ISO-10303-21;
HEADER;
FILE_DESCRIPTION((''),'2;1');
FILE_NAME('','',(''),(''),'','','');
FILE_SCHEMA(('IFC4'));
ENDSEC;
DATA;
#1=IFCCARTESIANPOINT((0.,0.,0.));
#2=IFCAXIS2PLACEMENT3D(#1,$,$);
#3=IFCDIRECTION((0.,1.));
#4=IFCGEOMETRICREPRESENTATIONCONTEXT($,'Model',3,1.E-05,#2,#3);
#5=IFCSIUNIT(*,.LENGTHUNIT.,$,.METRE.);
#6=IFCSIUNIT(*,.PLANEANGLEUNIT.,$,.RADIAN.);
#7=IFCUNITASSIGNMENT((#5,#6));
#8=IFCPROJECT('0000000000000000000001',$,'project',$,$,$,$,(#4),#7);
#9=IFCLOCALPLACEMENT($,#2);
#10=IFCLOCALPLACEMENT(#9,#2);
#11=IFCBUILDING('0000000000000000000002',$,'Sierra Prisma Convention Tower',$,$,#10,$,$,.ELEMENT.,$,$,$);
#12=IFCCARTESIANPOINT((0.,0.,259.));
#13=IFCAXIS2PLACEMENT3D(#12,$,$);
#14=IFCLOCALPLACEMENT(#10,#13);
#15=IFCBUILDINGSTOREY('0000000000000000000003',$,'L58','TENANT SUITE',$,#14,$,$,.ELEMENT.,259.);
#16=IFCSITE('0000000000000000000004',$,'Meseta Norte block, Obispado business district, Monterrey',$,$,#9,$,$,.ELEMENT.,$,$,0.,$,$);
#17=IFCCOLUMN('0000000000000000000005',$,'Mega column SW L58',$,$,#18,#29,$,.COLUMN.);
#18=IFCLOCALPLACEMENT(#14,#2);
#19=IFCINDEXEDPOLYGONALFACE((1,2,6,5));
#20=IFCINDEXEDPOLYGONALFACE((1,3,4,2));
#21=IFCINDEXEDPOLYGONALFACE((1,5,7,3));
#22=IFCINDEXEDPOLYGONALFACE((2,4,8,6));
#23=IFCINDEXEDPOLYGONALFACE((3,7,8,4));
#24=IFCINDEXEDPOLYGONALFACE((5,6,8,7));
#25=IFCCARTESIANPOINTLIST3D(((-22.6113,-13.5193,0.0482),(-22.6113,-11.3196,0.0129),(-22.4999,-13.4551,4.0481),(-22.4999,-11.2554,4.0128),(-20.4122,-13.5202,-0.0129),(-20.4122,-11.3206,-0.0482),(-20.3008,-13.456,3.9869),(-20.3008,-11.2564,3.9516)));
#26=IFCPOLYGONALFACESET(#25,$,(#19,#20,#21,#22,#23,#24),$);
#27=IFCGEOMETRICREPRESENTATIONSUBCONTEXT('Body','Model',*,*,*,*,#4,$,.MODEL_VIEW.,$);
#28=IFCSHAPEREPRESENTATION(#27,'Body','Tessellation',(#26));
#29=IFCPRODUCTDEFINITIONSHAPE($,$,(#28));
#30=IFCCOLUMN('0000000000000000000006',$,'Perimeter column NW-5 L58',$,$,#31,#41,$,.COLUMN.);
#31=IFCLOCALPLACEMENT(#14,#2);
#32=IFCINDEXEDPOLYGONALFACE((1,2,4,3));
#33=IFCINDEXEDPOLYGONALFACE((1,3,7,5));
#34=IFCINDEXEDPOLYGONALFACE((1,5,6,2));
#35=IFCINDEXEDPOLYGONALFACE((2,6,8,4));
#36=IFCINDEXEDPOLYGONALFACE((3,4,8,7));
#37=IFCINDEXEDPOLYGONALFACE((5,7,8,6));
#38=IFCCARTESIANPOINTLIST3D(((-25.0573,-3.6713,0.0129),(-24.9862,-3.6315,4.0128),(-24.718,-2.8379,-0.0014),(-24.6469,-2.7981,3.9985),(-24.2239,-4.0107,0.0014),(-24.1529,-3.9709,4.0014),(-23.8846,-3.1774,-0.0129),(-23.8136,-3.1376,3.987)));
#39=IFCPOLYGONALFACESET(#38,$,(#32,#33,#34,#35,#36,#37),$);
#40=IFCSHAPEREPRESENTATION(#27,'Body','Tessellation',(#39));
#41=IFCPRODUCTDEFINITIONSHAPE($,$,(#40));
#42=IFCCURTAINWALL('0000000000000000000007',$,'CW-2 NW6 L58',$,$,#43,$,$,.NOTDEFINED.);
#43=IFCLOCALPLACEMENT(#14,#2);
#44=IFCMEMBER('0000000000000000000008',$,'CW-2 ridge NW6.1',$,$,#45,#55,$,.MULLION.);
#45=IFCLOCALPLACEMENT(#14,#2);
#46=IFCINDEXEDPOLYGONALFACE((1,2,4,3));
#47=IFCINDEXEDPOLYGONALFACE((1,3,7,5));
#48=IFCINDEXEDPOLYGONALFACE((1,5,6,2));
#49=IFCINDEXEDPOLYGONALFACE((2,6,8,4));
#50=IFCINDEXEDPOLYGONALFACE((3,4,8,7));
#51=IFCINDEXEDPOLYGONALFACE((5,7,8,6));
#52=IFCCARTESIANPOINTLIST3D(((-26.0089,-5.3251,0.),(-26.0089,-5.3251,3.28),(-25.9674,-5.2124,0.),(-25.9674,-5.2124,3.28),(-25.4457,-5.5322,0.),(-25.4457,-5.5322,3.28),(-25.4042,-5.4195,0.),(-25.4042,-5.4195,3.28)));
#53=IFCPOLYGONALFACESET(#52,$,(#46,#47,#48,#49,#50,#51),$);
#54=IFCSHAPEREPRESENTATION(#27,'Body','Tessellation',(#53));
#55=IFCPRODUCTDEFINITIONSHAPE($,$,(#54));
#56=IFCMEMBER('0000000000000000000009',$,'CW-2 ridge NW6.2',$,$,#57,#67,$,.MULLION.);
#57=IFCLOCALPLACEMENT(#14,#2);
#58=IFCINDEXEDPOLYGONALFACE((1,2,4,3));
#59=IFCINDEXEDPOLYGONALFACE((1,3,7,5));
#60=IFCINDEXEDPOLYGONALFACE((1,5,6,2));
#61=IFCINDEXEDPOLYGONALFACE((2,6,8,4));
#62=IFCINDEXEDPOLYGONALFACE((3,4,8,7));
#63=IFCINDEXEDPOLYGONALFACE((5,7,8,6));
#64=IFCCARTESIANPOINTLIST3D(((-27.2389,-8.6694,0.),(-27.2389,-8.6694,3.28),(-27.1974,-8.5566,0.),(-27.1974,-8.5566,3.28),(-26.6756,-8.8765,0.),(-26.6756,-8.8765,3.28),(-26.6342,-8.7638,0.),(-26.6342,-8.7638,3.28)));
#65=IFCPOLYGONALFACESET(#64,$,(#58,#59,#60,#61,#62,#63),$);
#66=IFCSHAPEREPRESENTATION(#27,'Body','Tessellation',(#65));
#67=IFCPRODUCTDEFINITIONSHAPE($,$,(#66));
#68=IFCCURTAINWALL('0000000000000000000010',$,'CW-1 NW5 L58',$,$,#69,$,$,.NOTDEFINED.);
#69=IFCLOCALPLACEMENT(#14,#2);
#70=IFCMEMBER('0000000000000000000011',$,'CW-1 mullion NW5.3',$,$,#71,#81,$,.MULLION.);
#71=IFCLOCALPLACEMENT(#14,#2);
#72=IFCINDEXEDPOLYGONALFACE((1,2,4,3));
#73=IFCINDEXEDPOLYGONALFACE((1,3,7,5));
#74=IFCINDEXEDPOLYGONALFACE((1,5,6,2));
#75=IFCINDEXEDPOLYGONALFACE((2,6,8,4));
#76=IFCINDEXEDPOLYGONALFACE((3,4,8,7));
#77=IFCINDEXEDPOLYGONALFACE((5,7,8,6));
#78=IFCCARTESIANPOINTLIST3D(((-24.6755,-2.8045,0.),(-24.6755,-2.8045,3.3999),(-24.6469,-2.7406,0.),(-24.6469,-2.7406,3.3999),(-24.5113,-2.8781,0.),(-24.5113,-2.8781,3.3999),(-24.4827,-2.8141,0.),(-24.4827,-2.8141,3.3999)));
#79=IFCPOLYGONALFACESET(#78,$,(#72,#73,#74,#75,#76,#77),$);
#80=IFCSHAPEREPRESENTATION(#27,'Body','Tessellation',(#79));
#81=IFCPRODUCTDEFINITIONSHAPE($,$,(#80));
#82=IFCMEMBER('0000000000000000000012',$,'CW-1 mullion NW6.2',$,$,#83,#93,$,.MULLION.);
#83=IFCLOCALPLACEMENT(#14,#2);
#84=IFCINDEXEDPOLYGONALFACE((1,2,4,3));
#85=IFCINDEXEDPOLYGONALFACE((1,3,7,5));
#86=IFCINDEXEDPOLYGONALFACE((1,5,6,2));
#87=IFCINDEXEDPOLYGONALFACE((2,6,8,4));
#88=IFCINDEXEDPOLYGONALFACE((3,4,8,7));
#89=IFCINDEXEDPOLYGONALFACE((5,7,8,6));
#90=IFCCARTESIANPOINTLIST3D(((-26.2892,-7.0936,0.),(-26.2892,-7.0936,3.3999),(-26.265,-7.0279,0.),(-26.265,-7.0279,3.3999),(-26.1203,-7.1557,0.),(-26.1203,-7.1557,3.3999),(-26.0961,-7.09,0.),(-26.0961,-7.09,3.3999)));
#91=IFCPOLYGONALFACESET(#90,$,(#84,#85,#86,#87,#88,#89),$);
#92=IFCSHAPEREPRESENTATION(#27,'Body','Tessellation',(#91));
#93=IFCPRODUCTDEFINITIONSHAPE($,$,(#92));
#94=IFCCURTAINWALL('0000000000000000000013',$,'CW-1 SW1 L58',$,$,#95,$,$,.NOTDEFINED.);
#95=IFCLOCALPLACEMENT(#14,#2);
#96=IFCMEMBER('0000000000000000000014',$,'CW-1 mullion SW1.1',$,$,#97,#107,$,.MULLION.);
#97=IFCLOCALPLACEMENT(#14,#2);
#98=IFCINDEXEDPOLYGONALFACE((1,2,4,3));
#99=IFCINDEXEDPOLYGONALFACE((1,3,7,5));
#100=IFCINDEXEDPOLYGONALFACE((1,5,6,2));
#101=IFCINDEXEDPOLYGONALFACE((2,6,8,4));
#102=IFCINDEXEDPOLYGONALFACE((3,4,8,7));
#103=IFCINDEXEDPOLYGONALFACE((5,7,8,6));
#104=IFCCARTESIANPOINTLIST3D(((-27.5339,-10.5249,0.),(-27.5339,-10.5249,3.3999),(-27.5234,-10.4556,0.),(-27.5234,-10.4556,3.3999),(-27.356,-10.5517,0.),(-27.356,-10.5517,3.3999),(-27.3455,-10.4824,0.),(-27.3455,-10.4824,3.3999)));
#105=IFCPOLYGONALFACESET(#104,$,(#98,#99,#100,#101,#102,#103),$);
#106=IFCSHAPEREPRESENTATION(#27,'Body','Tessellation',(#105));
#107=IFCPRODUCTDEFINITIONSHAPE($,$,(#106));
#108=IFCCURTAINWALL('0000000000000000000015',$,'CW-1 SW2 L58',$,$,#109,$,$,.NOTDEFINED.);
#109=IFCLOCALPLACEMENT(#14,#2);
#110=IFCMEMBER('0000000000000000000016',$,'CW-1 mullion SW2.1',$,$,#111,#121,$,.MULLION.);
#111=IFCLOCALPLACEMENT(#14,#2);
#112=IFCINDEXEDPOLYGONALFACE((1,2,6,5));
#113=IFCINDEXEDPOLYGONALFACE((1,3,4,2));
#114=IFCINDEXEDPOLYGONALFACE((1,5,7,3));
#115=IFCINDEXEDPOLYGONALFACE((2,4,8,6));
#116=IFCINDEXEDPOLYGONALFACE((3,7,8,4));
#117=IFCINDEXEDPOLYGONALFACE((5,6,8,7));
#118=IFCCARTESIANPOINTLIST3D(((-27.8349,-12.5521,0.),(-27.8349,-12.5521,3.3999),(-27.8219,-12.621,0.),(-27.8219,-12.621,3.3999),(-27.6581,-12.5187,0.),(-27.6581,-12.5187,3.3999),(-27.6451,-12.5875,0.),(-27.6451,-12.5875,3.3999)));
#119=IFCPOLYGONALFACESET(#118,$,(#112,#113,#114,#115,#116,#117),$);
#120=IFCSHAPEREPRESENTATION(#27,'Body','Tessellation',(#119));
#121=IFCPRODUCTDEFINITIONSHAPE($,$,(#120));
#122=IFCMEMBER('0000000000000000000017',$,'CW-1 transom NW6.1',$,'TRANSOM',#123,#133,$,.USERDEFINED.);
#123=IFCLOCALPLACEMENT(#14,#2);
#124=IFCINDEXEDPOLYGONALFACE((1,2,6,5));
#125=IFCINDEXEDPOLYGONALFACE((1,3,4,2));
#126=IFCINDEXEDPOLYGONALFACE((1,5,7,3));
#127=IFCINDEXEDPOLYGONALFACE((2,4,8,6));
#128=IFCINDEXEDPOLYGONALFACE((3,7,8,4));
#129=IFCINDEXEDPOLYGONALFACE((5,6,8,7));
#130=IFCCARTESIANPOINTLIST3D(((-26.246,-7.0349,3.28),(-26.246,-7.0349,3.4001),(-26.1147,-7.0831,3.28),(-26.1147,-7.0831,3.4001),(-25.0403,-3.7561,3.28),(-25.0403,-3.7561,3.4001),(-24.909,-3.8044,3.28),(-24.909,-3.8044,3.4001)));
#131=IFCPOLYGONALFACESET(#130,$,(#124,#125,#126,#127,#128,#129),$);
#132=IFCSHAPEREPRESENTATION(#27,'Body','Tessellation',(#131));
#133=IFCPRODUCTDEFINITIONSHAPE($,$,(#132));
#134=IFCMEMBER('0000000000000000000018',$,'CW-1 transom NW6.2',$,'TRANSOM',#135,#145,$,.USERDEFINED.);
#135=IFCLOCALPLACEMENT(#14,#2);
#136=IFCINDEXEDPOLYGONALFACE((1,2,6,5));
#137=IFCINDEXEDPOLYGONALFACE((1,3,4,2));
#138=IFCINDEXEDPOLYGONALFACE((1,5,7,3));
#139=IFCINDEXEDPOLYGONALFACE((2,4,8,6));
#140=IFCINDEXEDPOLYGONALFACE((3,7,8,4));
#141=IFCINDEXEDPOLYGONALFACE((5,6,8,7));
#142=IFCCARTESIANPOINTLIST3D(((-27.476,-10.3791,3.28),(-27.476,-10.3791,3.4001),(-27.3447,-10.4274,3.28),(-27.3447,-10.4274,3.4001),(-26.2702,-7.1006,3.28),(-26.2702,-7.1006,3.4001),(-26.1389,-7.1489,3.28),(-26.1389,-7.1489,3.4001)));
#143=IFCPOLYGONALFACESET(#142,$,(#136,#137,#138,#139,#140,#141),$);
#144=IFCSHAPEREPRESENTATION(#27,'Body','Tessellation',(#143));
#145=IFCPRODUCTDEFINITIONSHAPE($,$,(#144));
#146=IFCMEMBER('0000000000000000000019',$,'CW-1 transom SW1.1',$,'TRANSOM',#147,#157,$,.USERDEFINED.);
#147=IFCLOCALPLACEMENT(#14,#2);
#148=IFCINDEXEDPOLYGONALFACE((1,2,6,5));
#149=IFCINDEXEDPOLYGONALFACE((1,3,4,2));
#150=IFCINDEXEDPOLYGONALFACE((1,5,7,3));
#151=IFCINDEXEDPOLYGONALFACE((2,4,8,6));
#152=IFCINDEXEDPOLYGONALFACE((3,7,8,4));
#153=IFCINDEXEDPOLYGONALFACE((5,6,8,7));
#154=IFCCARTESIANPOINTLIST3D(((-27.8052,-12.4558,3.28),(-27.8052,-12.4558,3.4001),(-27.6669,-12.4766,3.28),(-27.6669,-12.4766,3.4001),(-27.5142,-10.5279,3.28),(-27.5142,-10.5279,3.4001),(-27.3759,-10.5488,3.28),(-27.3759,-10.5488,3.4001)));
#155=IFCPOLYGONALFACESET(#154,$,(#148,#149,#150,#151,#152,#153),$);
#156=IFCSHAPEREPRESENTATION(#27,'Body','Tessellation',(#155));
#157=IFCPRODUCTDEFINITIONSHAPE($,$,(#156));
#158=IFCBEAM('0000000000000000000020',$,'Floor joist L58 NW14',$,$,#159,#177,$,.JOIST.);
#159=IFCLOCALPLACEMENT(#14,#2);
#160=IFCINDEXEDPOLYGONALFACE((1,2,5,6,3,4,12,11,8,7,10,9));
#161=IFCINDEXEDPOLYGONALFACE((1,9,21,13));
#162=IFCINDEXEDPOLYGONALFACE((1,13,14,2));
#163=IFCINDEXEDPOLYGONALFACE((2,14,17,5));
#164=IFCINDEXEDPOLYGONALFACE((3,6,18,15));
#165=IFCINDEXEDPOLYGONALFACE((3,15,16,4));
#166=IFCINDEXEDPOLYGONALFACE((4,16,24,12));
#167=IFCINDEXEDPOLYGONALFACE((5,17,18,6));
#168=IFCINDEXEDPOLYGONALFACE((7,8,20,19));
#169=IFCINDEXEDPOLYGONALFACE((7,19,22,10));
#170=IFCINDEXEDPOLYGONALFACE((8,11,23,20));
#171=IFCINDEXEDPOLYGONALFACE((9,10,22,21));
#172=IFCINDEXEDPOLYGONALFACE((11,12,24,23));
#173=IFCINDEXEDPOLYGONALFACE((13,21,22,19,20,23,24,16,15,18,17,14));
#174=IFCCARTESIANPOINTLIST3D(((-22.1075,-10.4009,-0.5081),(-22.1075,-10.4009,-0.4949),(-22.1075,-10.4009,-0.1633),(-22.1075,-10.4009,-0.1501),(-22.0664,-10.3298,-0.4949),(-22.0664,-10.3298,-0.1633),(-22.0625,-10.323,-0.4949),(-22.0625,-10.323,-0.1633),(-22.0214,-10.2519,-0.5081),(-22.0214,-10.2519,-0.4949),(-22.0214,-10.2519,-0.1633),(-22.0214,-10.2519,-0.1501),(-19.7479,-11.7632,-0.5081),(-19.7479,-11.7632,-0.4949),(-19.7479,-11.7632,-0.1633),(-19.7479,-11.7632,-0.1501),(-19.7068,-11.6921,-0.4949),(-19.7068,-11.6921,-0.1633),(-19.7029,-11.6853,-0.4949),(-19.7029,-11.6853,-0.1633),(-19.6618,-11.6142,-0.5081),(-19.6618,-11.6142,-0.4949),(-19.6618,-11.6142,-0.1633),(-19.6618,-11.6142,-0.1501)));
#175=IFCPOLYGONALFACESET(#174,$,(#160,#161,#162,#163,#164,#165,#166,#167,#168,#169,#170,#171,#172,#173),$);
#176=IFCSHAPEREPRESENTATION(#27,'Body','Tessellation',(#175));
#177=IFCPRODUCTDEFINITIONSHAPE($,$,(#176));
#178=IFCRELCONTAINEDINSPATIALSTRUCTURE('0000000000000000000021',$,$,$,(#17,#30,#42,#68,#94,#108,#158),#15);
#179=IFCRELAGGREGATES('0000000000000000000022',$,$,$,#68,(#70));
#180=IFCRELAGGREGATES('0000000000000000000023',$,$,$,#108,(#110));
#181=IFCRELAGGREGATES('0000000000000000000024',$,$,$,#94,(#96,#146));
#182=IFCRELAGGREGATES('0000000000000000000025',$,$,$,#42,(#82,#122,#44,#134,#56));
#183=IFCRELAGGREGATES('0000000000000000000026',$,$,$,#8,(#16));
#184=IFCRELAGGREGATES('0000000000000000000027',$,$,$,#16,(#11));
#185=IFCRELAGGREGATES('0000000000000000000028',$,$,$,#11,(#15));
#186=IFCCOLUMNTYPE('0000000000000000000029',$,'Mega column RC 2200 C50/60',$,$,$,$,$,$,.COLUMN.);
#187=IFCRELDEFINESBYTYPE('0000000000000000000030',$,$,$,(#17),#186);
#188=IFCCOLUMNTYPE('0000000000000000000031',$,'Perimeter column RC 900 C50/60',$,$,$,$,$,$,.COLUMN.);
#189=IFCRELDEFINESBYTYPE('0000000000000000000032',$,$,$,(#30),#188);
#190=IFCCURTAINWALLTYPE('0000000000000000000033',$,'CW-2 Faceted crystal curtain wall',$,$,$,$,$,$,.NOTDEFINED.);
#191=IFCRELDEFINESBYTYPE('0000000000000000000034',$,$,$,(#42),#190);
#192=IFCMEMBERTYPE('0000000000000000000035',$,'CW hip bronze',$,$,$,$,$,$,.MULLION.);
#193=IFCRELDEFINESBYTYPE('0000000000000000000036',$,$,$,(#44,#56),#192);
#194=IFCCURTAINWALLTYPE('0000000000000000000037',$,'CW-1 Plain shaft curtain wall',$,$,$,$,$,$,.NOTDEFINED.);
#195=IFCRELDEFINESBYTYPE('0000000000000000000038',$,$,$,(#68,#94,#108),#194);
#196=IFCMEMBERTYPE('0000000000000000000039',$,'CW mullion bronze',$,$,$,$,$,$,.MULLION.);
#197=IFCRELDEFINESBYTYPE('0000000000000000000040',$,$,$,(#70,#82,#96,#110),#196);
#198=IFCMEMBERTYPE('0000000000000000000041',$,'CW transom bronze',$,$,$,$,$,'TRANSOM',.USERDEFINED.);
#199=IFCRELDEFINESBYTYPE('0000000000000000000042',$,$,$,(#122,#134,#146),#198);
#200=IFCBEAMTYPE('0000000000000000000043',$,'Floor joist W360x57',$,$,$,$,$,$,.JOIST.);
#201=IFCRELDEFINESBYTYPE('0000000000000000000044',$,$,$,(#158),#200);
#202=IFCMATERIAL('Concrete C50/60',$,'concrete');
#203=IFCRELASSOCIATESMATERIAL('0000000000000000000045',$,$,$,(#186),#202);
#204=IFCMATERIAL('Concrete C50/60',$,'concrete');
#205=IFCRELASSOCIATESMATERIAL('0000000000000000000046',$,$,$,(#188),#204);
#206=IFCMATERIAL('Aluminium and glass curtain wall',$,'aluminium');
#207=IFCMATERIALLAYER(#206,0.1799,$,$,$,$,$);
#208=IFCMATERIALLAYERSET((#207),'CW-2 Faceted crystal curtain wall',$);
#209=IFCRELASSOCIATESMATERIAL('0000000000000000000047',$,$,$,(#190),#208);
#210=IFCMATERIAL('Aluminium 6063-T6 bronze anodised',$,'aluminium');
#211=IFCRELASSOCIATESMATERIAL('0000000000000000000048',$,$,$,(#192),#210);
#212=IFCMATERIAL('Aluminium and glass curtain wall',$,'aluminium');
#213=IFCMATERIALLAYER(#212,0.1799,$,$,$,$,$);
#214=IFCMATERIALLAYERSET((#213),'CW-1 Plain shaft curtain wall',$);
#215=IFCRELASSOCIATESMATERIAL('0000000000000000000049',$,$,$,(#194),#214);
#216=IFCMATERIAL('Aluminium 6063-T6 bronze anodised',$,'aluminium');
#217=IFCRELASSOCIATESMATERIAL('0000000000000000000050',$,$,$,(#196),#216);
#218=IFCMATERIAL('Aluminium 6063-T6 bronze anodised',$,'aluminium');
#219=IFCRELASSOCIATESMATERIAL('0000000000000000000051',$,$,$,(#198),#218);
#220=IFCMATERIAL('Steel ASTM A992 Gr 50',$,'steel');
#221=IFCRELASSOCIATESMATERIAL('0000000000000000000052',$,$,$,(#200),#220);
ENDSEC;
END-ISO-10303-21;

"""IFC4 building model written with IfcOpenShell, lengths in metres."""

from ifc_helpers import new_model, si_unit, direction, frame, origin, origin_2d, place, context, subcontext, project, spatial, rectangle, i_section, extrude, material, layer, layer_set, material_profile, profile_set, type_object, element, aggregate, save


model = new_model("IFC4")

# Units and contexts
model_context = context("Model", 3, precision=1e-05, world=origin(), true_north=direction((0.0, 1.0)))
body_context = subcontext(model_context, "Body", "Model", "MODEL_VIEW")
ifc_project = project(units=[si_unit("LENGTHUNIT", "METRE"), si_unit("PLANEANGLEUNIT", "RADIAN")], contexts=[model_context])

# Site, building, storey
site_placement = place(None, origin())
site = spatial("IfcSite", under=ifc_project, at=site_placement, Name="Meseta Norte block, Obispado business district, Monterrey", CompositionType="ELEMENT", RefElevation=0.0)
building_placement = place(site_placement, origin())
building = spatial("IfcBuilding", under=site, at=building_placement, Name="Sierra Prisma Convention Tower", CompositionType="ELEMENT")
storey_placement = place(building_placement, frame((0.0, 0.0, 259.0)))
storey = spatial("IfcBuildingStorey", under=building, at=storey_placement, Name="L58", Description="TENANT SUITE", CompositionType="ELEMENT", Elevation=259.0)

# Columns
ifc_material_1 = material(Name="Concrete C50/60", Category="concrete")
ifc_material_profile_1 = material_profile(ifc_material_1, rectangle(XDim=2.2, YDim=2.2, at=origin_2d()), Name="Mega column RC 2200 C50/60")
ifc_profile_set_1 = profile_set([ifc_material_profile_1], Name="Concrete C50/60")
column_type_1 = type_object("IfcColumnType", Name="Mega column RC 2200 C50/60", PredefinedType="COLUMN", material=ifc_profile_set_1)
column_1_placement = place(storey_placement, frame((-21.5117, -12.4199, 0.0), z_axis=(0.027818, 0.016044, 0.999484), x_axis=(0.999613, -0.000446, -0.027814)))
element("IfcColumn", 1, at=column_1_placement, inside=storey, type_object=column_type_1, Name="Mega column SW L58", PredefinedType="COLUMN", context=body_context, shape_type="SweptSolid", body=[
    extrude(rectangle(XDim=2.2, YDim=2.2, at=origin_2d()), origin(), (0.0, 0.0, 1.0), 4.002),
])
ifc_material_2 = material(Name="Concrete C50/60", Category="concrete")
ifc_material_profile_2 = material_profile(ifc_material_2, rectangle(XDim=0.8999, YDim=0.8999, at=origin_2d()), Name="Perimeter column RC 900 C50/60")
ifc_profile_set_2 = profile_set([ifc_material_profile_2], Name="Concrete C50/60")
column_type_2 = type_object("IfcColumnType", Name="Perimeter column RC 900 C50/60", PredefinedType="COLUMN", material=ifc_profile_set_2)
column_2_placement = place(storey_placement, frame((-24.4709, -3.4243, 0.0), z_axis=(0.017758, 0.009947, 0.999793), x_axis=(0.37703, 0.926064, -0.01591)))
element("IfcColumn", 2, at=column_2_placement, inside=storey, type_object=column_type_2, Name="Perimeter column NW-5 L58", PredefinedType="COLUMN", context=body_context, shape_type="SweptSolid", body=[
    extrude(rectangle(XDim=0.8999, YDim=0.8999, at=origin_2d()), origin(), (0.0, 0.0, 1.0), 4.0007),
])

# Curtain wall, members
ifc_material_3 = material(Name="Aluminium and glass curtain wall", Category="aluminium")
ifc_layer_1 = layer(ifc_material_3, 0.1799)
ifc_layer_set_1 = layer_set([ifc_layer_1], Name="CW-2 Faceted crystal curtain wall")
curtain_wall_type_1 = type_object("IfcCurtainWallType", Name="CW-2 Faceted crystal curtain wall", PredefinedType="NOTDEFINED", material=ifc_layer_set_1)
curtain_wall_1_placement = place(storey_placement, origin())
curtain_wall_1 = element("IfcCurtainWall", 3, at=curtain_wall_1_placement, inside=storey, type_object=curtain_wall_type_1, Name="CW-2 NW6 L58", PredefinedType="NOTDEFINED")
ifc_material_4 = material(Name="Aluminium 6063-T6 bronze anodised", Category="aluminium")
ifc_material_profile_3 = material_profile(ifc_material_4, rectangle(XDim=0.1201, YDim=0.6001, at=origin_2d()), Name="ALU RIDGE BLADE 120x600")
ifc_profile_set_3 = profile_set([ifc_material_profile_3], Name="Aluminium 6063-T6 bronze anodised")
member_type_1 = type_object("IfcMemberType", Name="CW hip bronze", PredefinedType="MULLION", material=ifc_profile_set_3)
member_1_placement = place(storey_placement, frame((-25.7065, -5.3723, 0.0), z_axis=(0.0, 0.0, 1.0), x_axis=(-0.345166, -0.938542, 0.0)))
member_1 = element("IfcMember", 4, at=member_1_placement, type_object=member_type_1, Name="CW-2 ridge NW6.1", PredefinedType="MULLION", context=body_context, shape_type="SweptSolid", body=[
    extrude(rectangle(XDim=0.1201, YDim=0.6001, at=origin_2d()), origin(), (0.0, 0.0, 1.0), 3.28),
])
member_2_placement = place(storey_placement, frame((-26.9365, -8.7166, 0.0), z_axis=(0.0, 0.0, 1.0), x_axis=(-0.345166, -0.938542, 0.0)))
member_2 = element("IfcMember", 5, at=member_2_placement, type_object=member_type_1, Name="CW-2 ridge NW6.2", PredefinedType="MULLION", context=body_context, shape_type="SweptSolid", body=[
    extrude(rectangle(XDim=0.1201, YDim=0.6001, at=origin_2d()), origin(), (0.0, 0.0, 1.0), 3.28),
])

# Curtain wall, member
ifc_material_5 = material(Name="Aluminium and glass curtain wall", Category="aluminium")
ifc_layer_2 = layer(ifc_material_5, 0.1799)
ifc_layer_set_2 = layer_set([ifc_layer_2], Name="CW-1 Plain shaft curtain wall")
curtain_wall_type_2 = type_object("IfcCurtainWallType", Name="CW-1 Plain shaft curtain wall", PredefinedType="NOTDEFINED", material=ifc_layer_set_2)
curtain_wall_2_placement = place(storey_placement, origin())
curtain_wall_2 = element("IfcCurtainWall", 6, at=curtain_wall_2_placement, inside=storey, type_object=curtain_wall_type_2, Name="CW-1 NW5 L58", PredefinedType="NOTDEFINED")
ifc_material_6 = material(Name="Aluminium 6063-T6 bronze anodised", Category="aluminium")
ifc_material_profile_4 = material_profile(ifc_material_6, rectangle(XDim=0.1799, YDim=0.0701, at=origin_2d()), Name="ALU MULLION 70x180")
ifc_profile_set_4 = profile_set([ifc_material_profile_4], Name="Aluminium 6063-T6 bronze anodised")
member_type_2 = type_object("IfcMemberType", Name="CW mullion bronze", PredefinedType="MULLION", material=ifc_profile_set_4)
member_3_placement = place(storey_placement, frame((-24.5791, -2.8093, 0.0), z_axis=(0.0, 0.0, 1.0), x_axis=(0.912726, -0.408572, 0.0)))
member_3 = element("IfcMember", 7, at=member_3_placement, type_object=member_type_2, Name="CW-1 mullion NW5.3", PredefinedType="MULLION", context=body_context, shape_type="SweptSolid", body=[
    extrude(rectangle(XDim=0.1799, YDim=0.0701, at=origin_2d()), origin(), (0.0, 0.0, 1.0), 3.3999),
])
aggregate(curtain_wall_2, [member_3])

# Member
member_4_placement = place(storey_placement, frame((-26.1926, -7.0918, 0.0), z_axis=(0.0, 0.0, 1.0), x_axis=(0.938542, -0.345166, 0.0)))
member_4 = element("IfcMember", 8, at=member_4_placement, type_object=member_type_2, Name="CW-1 mullion NW6.2", PredefinedType="MULLION", context=body_context, shape_type="SweptSolid", body=[
    extrude(rectangle(XDim=0.1799, YDim=0.0701, at=origin_2d()), origin(), (0.0, 0.0, 1.0), 3.3999),
])

# Curtain walls, members
curtain_wall_3_placement = place(storey_placement, origin())
curtain_wall_3 = element("IfcCurtainWall", 9, at=curtain_wall_3_placement, inside=storey, type_object=curtain_wall_type_2, Name="CW-1 SW1 L58", PredefinedType="NOTDEFINED")
member_5_placement = place(storey_placement, frame((-27.4397, -10.5037, 0.0), z_axis=(0.0, 0.0, 1.0), x_axis=(0.988797, -0.149263, 0.0)))
member_5 = element("IfcMember", 10, at=member_5_placement, type_object=member_type_2, Name="CW-1 mullion SW1.1", PredefinedType="MULLION", context=body_context, shape_type="SweptSolid", body=[
    extrude(rectangle(XDim=0.1799, YDim=0.0701, at=origin_2d()), origin(), (0.0, 0.0, 1.0), 3.3999),
])
curtain_wall_4_placement = place(storey_placement, origin())
curtain_wall_4 = element("IfcCurtainWall", 11, at=curtain_wall_4_placement, inside=storey, type_object=curtain_wall_type_2, Name="CW-1 SW2 L58", PredefinedType="NOTDEFINED")
member_6_placement = place(storey_placement, frame((-27.74, -12.5698, 0.0), z_axis=(0.0, 0.0, 1.0), x_axis=(0.982587, 0.185802, 0.0)))
member_6 = element("IfcMember", 12, at=member_6_placement, type_object=member_type_2, Name="CW-1 mullion SW2.1", PredefinedType="MULLION", context=body_context, shape_type="SweptSolid", body=[
    extrude(rectangle(XDim=0.1799, YDim=0.0701, at=origin_2d()), origin(), (0.0, 0.0, 1.0), 3.3999),
])
aggregate(curtain_wall_4, [member_6])

# Members
ifc_material_7 = material(Name="Aluminium 6063-T6 bronze anodised", Category="aluminium")
ifc_material_profile_5 = material_profile(ifc_material_7, rectangle(XDim=0.1399, YDim=0.1201, at=origin_2d()), Name="ALU TRANSOM 120x140")
ifc_profile_set_5 = profile_set([ifc_material_profile_5], Name="Aluminium 6063-T6 bronze anodised")
member_type_3 = type_object("IfcMemberType", Name="CW transom bronze", ElementType="TRANSOM", PredefinedType="USERDEFINED", material=ifc_profile_set_5)
member_7_placement = place(storey_placement, frame((-24.9746, -3.7803, 3.3401), z_axis=(-0.345158, -0.938545, 0.0), x_axis=(0.938545, -0.345158, 0.0)))
member_7 = element("IfcMember", 13, at=member_7_placement, type_object=member_type_3, Name="CW-1 transom NW6.1", ObjectType="TRANSOM", PredefinedType="USERDEFINED", context=body_context, shape_type="SweptSolid", body=[
    extrude(rectangle(XDim=0.1399, YDim=0.1201, at=origin_2d()), origin(), (0.0, 0.0, 1.0), 3.4934),
])
member_8_placement = place(storey_placement, frame((-26.2046, -7.1248, 3.3401), z_axis=(-0.345181, -0.938536, 0.0), x_axis=(0.938536, -0.345181, 0.0)))
member_8 = element("IfcMember", 14, at=member_8_placement, type_object=member_type_3, Name="CW-1 transom NW6.2", ObjectType="TRANSOM", PredefinedType="USERDEFINED", context=body_context, shape_type="SweptSolid", body=[
    extrude(rectangle(XDim=0.1399, YDim=0.1201, at=origin_2d()), origin(), (0.0, 0.0, 1.0), 3.4932),
])
member_9_placement = place(storey_placement, frame((-27.4451, -10.5383, 3.3401), z_axis=(-0.149253, -0.988799, 0.0), x_axis=(0.988799, -0.149253, 0.0)))
member_9 = element("IfcMember", 15, at=member_9_placement, type_object=member_type_3, Name="CW-1 transom SW1.1", ObjectType="TRANSOM", PredefinedType="USERDEFINED", context=body_context, shape_type="SweptSolid", body=[
    extrude(rectangle(XDim=0.1399, YDim=0.1201, at=origin_2d()), origin(), (0.0, 0.0, 1.0), 1.9497),
])

# Beam
ifc_material_8 = material(Name="Steel ASTM A992 Gr 50", Category="steel")
ifc_material_profile_6 = material_profile(ifc_material_8, i_section(OverallWidth=0.1721, OverallDepth=0.3579, WebThickness=0.0078, FlangeThickness=0.0132, at=origin_2d()), Name="W360x57")
ifc_profile_set_6 = profile_set([ifc_material_profile_6], Name="Steel ASTM A992 Gr 50")
beam_type_1 = type_object("IfcBeamType", Name="Floor joist W360x57", PredefinedType="JOIST", material=ifc_profile_set_6)
beam_1_placement = place(storey_placement, frame((-22.0645, -10.3264, -0.3291), z_axis=(0.866029, -0.499994, 0.0), x_axis=(0.499994, 0.866029, 0.0)))
element("IfcBeam", 16, at=beam_1_placement, inside=storey, type_object=beam_type_1, Name="Floor joist L58 NW14", PredefinedType="JOIST", context=body_context, shape_type="SweptSolid", body=[
    extrude(i_section(OverallWidth=0.1721, OverallDepth=0.3579, WebThickness=0.0078, FlangeThickness=0.0132, at=origin_2d()), origin(), (0.0, 0.0, 1.0), 2.7246),
])

aggregate(curtain_wall_3, [member_5, member_9])
aggregate(curtain_wall_1, [member_4, member_7, member_1, member_8, member_2])

save(model, "model.ifc")
